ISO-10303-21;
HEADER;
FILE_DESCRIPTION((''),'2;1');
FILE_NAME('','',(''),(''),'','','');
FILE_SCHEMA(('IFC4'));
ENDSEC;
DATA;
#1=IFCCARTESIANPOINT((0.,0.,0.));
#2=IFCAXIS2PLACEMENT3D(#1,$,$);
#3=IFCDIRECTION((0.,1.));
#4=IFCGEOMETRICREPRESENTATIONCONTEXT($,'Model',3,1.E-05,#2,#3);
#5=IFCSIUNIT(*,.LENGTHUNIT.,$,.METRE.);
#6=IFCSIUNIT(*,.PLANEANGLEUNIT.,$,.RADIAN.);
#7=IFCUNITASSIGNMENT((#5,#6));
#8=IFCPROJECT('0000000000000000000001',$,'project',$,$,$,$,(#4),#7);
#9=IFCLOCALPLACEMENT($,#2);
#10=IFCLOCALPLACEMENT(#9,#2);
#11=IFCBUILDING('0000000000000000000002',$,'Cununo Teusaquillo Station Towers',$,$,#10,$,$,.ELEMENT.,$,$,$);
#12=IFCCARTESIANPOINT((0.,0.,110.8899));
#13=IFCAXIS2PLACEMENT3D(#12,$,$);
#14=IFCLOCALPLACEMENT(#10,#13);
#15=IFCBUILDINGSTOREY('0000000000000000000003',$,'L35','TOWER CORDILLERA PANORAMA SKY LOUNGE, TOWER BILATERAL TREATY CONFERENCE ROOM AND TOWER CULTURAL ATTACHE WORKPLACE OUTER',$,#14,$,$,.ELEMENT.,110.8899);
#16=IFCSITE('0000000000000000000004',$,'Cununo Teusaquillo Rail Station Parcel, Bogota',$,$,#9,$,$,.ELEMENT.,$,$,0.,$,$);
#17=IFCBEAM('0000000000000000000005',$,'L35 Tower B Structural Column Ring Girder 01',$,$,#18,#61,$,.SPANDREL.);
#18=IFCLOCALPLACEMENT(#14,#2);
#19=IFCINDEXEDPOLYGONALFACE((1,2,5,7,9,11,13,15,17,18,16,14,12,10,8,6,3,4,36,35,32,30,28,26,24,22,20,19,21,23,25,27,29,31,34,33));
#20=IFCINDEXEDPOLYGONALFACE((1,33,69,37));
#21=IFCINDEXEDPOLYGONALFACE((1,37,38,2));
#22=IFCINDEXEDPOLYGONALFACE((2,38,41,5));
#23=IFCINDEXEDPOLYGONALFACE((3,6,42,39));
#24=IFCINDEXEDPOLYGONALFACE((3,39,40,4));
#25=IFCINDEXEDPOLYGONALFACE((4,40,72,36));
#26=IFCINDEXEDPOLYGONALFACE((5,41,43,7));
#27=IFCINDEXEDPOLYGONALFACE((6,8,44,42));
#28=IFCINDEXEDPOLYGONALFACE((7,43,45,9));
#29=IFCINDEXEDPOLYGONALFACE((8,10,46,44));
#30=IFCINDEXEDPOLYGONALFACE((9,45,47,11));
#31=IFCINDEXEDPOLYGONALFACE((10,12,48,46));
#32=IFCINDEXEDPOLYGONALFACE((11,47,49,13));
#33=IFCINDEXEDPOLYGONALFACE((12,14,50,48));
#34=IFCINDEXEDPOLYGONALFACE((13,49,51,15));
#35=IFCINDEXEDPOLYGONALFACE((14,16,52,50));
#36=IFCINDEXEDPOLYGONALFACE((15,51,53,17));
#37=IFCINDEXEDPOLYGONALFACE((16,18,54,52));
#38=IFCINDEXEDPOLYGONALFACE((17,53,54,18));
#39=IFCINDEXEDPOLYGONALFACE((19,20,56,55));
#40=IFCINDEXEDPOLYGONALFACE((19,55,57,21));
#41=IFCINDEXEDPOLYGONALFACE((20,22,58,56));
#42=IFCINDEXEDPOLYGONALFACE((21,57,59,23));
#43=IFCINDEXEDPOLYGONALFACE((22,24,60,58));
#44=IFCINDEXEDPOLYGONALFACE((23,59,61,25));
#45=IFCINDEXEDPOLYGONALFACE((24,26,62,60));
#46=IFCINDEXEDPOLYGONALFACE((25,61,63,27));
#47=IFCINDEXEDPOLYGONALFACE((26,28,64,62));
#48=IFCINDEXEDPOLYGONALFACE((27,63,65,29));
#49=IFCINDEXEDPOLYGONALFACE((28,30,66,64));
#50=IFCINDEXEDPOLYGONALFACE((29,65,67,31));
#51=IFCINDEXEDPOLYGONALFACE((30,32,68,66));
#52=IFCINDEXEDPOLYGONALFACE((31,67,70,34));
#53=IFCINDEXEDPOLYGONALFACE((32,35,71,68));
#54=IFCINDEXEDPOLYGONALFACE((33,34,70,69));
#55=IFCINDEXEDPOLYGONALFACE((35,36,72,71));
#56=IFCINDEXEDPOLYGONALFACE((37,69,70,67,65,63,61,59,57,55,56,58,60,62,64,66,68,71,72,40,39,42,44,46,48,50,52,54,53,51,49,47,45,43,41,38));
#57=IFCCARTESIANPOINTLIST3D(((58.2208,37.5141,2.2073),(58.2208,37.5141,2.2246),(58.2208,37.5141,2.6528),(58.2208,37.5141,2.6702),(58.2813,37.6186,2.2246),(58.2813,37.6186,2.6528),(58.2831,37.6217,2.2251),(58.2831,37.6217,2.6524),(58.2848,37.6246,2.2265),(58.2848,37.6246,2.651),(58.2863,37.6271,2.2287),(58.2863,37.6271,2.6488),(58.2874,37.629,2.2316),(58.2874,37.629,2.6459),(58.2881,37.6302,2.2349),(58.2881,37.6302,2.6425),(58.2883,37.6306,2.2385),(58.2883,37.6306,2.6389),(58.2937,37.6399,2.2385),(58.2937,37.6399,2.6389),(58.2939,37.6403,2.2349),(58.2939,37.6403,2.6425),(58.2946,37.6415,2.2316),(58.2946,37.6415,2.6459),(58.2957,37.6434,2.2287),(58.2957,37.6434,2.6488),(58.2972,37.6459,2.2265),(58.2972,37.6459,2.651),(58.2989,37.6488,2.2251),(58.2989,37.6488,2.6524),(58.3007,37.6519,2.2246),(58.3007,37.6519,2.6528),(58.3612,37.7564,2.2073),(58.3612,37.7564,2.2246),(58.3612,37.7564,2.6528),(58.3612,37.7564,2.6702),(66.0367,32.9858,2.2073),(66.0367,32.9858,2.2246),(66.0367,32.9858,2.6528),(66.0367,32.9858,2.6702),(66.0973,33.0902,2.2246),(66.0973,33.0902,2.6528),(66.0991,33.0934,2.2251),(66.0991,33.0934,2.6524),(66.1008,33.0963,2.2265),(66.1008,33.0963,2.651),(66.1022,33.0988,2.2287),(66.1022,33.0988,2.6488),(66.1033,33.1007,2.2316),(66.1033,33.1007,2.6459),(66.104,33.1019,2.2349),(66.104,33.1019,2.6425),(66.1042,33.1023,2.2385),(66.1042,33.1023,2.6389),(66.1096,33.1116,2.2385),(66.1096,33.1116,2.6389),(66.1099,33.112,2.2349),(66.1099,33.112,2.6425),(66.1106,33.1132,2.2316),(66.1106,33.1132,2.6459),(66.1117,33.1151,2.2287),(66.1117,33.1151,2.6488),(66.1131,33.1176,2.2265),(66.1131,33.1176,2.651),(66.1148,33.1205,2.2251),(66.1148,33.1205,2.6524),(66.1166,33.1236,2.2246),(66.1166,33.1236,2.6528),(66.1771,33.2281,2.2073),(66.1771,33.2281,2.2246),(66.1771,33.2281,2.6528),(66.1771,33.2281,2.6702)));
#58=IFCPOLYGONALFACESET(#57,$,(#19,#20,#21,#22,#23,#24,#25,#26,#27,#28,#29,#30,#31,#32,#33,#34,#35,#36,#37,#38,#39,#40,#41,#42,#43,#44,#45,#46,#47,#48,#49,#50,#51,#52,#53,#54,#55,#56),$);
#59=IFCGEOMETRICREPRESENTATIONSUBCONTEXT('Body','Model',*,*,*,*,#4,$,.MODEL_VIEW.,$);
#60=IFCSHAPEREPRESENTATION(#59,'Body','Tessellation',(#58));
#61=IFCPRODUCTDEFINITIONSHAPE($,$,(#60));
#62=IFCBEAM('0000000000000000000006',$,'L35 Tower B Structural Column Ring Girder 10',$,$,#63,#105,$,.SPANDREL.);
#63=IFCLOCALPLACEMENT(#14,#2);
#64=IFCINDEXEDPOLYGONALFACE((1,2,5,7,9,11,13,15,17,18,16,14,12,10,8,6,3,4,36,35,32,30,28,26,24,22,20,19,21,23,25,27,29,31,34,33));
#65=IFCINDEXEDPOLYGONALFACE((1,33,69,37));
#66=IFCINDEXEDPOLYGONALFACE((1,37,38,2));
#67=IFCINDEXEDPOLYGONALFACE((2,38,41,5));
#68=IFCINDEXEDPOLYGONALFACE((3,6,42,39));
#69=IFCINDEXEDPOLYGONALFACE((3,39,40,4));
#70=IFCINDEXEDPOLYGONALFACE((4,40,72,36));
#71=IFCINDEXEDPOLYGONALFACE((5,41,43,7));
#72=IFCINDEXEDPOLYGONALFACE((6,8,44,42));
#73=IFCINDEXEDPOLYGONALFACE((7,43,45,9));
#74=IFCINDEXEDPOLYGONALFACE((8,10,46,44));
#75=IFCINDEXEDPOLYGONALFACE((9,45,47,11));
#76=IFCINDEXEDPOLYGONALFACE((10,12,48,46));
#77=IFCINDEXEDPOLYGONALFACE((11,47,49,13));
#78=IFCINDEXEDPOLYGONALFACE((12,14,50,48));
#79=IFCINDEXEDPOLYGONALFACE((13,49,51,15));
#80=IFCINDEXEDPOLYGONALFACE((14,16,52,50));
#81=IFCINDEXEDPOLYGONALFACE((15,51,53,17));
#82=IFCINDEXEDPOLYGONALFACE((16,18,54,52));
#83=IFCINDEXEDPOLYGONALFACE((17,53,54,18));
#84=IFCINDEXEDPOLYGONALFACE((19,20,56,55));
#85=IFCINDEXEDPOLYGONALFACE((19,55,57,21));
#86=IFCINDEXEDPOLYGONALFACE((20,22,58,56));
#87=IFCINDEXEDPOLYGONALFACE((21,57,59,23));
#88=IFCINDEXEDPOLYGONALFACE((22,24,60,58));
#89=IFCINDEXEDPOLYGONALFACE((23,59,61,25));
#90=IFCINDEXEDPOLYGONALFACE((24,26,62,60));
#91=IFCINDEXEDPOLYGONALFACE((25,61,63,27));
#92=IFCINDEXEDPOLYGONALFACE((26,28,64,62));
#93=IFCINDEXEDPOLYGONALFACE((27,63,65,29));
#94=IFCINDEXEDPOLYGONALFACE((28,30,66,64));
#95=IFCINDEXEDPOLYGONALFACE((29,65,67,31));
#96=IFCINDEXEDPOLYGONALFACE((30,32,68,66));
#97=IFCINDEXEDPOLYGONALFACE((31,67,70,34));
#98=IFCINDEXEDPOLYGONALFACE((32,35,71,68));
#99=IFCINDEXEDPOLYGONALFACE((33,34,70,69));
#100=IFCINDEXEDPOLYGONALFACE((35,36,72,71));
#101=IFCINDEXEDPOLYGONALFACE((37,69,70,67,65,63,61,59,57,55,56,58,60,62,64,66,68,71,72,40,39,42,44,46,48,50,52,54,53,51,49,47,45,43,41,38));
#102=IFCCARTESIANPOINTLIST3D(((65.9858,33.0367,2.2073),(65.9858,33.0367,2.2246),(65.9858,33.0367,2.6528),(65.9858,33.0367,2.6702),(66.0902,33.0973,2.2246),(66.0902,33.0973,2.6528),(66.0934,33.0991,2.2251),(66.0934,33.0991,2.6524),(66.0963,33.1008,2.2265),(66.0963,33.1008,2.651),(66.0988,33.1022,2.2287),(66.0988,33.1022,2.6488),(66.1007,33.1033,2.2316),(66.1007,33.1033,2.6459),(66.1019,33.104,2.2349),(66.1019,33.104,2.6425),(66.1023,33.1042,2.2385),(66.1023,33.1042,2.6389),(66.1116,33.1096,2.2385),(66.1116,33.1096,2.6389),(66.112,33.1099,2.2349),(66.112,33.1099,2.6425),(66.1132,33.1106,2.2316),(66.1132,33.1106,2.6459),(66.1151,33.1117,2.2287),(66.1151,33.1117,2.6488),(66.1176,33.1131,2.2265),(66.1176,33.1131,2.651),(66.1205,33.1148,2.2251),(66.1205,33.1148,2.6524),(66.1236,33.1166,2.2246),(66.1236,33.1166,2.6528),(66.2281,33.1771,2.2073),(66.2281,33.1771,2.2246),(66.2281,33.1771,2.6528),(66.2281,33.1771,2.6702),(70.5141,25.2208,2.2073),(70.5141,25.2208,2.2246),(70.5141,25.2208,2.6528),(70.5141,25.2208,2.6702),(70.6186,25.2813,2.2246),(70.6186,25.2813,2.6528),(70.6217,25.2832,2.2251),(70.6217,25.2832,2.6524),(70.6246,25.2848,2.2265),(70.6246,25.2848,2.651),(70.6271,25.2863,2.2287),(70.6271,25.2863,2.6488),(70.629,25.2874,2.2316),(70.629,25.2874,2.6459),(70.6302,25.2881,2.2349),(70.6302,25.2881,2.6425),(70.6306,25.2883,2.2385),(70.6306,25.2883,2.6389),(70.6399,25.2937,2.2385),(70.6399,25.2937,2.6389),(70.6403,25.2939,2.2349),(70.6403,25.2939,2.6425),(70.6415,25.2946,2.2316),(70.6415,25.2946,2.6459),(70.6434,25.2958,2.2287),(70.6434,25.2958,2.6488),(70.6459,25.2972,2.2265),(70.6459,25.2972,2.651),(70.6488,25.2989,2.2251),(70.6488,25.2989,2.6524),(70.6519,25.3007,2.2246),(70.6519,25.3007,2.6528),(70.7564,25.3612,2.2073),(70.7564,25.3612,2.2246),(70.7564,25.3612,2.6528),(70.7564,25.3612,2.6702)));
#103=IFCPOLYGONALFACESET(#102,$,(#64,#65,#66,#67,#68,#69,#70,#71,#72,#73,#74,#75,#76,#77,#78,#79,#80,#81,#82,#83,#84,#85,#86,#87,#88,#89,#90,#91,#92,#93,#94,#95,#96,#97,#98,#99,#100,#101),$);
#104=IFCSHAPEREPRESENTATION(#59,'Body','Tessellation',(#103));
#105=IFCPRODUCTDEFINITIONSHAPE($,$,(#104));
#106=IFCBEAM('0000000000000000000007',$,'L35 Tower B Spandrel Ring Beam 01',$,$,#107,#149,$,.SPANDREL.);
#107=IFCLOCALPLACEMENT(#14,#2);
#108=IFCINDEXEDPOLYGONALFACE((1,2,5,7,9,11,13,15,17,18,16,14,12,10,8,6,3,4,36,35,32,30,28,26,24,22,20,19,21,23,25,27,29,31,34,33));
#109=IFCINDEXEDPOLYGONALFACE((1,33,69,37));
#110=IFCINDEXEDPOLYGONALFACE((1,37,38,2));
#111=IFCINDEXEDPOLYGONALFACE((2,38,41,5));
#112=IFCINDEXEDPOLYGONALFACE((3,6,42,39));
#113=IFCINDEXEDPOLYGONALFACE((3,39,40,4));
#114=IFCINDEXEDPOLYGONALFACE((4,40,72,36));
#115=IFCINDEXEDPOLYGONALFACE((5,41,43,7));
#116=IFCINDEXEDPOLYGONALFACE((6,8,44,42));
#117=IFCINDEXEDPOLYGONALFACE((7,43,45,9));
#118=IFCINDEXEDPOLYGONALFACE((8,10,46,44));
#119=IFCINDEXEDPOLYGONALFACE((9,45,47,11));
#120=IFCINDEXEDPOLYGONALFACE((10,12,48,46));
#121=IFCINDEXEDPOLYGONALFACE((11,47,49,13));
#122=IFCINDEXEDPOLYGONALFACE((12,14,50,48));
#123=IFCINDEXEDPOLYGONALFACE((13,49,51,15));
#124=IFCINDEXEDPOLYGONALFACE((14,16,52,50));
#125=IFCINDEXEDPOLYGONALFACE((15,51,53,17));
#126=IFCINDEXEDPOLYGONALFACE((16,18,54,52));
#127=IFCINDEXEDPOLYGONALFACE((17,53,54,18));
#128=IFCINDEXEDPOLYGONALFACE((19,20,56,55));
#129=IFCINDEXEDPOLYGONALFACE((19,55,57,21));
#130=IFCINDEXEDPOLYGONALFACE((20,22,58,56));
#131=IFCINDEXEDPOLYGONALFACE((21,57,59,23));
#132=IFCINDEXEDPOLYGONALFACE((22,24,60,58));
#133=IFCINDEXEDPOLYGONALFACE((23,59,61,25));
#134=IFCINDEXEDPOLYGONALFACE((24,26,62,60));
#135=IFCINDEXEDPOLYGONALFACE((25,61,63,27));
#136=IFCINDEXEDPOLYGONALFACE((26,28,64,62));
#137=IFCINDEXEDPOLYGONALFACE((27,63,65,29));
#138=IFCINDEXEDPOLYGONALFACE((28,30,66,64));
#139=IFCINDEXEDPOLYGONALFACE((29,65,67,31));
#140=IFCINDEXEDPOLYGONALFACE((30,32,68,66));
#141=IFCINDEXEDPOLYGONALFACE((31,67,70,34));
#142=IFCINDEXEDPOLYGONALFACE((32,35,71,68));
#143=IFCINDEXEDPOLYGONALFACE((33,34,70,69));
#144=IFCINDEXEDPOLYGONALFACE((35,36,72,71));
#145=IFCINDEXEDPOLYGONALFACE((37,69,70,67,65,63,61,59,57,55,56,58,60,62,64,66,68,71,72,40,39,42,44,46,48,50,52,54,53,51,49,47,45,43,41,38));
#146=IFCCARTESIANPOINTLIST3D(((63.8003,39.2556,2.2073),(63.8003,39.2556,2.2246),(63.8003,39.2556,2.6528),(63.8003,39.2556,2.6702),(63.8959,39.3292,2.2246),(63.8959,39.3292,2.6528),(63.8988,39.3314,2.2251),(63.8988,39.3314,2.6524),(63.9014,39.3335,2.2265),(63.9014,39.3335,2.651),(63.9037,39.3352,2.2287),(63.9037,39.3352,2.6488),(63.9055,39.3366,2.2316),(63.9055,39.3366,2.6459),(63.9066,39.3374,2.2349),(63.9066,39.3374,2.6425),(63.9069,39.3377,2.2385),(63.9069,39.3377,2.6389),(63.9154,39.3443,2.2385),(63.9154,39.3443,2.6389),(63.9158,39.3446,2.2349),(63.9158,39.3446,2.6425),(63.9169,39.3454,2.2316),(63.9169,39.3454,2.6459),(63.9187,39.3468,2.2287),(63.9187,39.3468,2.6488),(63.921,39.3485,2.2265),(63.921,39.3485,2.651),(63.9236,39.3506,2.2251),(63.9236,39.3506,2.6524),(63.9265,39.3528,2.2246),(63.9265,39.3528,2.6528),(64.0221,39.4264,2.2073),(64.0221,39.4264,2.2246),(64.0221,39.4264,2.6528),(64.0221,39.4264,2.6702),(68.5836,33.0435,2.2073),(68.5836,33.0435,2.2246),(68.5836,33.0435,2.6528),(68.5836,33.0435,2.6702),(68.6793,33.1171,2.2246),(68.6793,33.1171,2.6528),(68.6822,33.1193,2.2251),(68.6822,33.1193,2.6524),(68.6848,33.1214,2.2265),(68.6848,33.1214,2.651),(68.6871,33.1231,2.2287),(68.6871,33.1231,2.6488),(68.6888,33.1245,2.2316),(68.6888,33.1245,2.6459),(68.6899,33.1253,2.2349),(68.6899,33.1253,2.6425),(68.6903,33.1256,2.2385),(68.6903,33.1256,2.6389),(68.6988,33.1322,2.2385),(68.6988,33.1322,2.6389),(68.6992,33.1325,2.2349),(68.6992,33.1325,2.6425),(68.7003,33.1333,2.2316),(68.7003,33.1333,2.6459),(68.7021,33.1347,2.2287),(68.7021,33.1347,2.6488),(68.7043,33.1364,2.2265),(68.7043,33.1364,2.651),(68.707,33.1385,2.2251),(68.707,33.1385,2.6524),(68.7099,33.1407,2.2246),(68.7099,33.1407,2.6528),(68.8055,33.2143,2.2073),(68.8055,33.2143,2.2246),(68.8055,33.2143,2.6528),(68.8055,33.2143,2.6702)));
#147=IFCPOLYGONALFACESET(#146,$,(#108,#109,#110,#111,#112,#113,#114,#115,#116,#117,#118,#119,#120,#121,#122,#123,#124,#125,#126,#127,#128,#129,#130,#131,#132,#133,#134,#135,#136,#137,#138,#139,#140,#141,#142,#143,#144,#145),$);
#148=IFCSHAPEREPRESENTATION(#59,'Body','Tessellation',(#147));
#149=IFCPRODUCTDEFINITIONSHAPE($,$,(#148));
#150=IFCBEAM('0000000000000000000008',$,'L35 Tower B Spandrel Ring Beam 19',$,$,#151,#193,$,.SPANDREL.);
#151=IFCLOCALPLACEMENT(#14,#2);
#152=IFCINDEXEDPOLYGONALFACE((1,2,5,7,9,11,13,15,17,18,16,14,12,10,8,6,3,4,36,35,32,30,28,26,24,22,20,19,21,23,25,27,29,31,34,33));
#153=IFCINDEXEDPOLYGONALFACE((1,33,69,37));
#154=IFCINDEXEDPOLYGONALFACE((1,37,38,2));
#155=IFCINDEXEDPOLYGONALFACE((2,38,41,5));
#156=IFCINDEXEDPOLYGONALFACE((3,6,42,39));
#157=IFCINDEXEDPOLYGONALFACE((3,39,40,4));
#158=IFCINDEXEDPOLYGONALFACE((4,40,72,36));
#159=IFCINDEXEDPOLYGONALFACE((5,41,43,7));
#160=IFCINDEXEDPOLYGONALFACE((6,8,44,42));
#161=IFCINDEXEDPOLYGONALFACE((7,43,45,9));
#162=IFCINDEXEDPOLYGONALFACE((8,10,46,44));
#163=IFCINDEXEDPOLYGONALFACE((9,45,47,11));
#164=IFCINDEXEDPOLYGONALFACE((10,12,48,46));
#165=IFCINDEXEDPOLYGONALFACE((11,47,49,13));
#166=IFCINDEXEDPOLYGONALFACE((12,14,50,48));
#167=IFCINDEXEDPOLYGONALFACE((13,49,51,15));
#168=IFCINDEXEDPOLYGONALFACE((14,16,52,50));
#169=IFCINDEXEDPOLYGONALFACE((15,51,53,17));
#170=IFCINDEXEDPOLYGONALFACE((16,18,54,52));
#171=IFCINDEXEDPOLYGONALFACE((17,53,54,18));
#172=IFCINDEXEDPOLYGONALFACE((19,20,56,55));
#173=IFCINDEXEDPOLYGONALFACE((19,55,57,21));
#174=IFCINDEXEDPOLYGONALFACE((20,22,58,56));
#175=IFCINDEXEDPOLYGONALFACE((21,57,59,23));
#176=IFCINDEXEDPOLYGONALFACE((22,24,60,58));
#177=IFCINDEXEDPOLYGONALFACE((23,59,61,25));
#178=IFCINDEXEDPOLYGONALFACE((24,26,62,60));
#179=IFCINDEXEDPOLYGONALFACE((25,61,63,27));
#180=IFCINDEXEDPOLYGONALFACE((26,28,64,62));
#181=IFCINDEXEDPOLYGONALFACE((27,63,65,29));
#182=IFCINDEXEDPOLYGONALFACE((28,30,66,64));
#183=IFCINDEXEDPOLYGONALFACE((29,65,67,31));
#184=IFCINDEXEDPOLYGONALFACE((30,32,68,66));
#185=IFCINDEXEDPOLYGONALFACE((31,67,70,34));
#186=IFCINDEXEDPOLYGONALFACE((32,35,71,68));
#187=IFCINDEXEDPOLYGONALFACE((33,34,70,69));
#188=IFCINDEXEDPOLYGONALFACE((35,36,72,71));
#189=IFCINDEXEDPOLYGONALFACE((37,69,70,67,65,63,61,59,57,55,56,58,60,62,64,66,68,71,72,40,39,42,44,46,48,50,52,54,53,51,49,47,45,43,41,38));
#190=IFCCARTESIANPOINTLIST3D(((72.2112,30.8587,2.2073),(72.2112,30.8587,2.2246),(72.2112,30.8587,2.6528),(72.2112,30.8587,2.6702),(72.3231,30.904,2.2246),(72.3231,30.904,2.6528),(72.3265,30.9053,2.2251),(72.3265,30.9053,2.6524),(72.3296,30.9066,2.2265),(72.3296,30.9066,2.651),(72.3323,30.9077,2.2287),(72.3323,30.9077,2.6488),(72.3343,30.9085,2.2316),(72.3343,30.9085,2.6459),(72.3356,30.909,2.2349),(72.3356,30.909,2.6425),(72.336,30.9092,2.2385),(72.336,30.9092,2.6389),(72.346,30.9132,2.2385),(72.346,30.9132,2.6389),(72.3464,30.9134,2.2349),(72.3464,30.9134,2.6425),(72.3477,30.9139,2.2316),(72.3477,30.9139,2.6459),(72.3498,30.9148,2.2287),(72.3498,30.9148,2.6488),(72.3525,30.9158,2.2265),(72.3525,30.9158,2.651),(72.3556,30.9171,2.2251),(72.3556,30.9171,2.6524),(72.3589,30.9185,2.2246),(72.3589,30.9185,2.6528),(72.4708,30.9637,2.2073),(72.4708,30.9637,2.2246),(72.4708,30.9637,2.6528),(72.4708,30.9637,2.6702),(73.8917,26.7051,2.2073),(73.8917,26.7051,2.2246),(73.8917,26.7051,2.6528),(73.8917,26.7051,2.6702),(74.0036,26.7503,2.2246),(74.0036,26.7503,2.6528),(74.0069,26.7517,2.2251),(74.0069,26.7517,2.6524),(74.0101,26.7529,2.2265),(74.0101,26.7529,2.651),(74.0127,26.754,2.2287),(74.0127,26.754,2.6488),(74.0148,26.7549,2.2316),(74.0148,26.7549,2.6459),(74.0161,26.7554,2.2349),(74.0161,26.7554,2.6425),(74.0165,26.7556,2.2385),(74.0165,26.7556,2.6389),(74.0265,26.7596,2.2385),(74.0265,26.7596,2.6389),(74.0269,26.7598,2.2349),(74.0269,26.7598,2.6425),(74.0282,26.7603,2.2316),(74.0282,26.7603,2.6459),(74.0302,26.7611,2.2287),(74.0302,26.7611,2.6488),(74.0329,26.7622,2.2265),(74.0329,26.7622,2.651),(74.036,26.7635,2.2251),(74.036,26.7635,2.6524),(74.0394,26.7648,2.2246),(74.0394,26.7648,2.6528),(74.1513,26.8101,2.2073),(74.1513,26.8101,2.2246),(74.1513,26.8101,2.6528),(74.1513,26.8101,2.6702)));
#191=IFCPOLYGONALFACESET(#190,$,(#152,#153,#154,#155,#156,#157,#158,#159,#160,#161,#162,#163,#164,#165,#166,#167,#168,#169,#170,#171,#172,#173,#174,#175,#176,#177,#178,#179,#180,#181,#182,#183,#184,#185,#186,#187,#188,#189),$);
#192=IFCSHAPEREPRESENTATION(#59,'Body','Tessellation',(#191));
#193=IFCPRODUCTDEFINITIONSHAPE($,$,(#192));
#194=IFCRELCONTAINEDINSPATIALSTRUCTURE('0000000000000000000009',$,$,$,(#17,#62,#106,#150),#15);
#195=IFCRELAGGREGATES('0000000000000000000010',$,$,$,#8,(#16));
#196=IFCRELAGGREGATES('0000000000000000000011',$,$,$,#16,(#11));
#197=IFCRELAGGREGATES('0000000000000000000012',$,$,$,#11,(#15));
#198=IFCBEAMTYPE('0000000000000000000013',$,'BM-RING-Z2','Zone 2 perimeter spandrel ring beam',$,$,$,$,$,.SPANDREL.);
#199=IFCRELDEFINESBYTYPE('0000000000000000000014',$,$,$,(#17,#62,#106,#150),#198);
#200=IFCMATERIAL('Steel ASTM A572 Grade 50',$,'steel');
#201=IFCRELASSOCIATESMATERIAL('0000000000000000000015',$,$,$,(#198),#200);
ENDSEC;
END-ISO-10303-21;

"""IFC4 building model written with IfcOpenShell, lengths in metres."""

from ifc_helpers import new_model, si_unit, direction, frame, origin, origin_2d, place, context, subcontext, project, spatial, i_section, extrude, material, material_profile, profile_set, type_object, element, save


model = new_model("IFC4")

# Units and contexts
model_context = context("Model", 3, precision=1e-05, world=origin(), true_north=direction((0.0, 1.0)))
body_context = subcontext(model_context, "Body", "Model", "MODEL_VIEW")
ifc_project = project(units=[si_unit("LENGTHUNIT", "METRE"), si_unit("PLANEANGLEUNIT", "RADIAN")], contexts=[model_context])

# Site, building, storey
site_placement = place(None, origin())
site = spatial("IfcSite", under=ifc_project, at=site_placement, Name="Cununo Teusaquillo Rail Station Parcel, Bogota", CompositionType="ELEMENT", RefElevation=0.0)
building_placement = place(site_placement, origin())
building = spatial("IfcBuilding", under=site, at=building_placement, Name="Cununo Teusaquillo Station Towers", CompositionType="ELEMENT")
storey_placement = place(building_placement, frame((0.0, 0.0, 110.8899)))
storey = spatial("IfcBuildingStorey", under=building, at=storey_placement, Name="L35", Description="TOWER CORDILLERA PANORAMA SKY LOUNGE, TOWER BILATERAL TREATY CONFERENCE ROOM AND TOWER CULTURAL ATTACHE WORKPLACE OUTER", CompositionType="ELEMENT", Elevation=110.8899)

# Beams
ifc_material_1 = material(Name="Steel ASTM A572 Grade 50", Category="steel")
ifc_material_profile_1 = material_profile(ifc_material_1, i_section(OverallWidth=0.28, OverallDepth=0.4629, WebThickness=0.0107, FlangeThickness=0.0173, FilletRadius=0.0139, at=origin_2d()), Name="W18X76")
ifc_profile_set_1 = profile_set([ifc_material_profile_1], Name="Steel ASTM A572 Grade 50")
beam_type_1 = type_object("IfcBeamType", Name="BM-RING-Z2", Description="Zone 2 perimeter spandrel ring beam", PredefinedType="SPANDREL", material=ifc_profile_set_1)
for number, where, z_axis, x_axis, name in (
    (1, (66.1069, 33.1069, 2.4387), (-0.865267, 0.501311, 0.0), (-0.501311, -0.865267, 0.0), "L35 Tower B Structural Column Ring Girder 01"),
    (2, (70.6353, 25.291, 2.4387), (-0.501311, 0.865267, 0.0), (-0.865267, -0.501311, 0.0), "L35 Tower B Structural Column Ring Girder 10"),
):
    element("IfcBeam", number, at=place(storey_placement, frame(where, z_axis=z_axis, x_axis=x_axis)), inside=storey, type_object=beam_type_1, Name=name, PredefinedType="SPANDREL", context=body_context, shape_type="SweptSolid", body=[
        extrude(i_section(OverallWidth=0.28, OverallDepth=0.4629, WebThickness=0.0107, FlangeThickness=0.0173, FilletRadius=0.0139, at=origin_2d()), origin(), (0.0, 0.0, 1.0), 9.033),
    ])
beam_1_placement = place(storey_placement, frame((68.6946, 33.1289, 2.4387), z_axis=(-0.6101, 0.792324, 0.0), x_axis=(-0.792324, -0.6101, 0.0)))
element("IfcBeam", 3, at=beam_1_placement, inside=storey, type_object=beam_type_1, Name="L35 Tower B Spandrel Ring Beam 01", PredefinedType="SPANDREL", context=body_context, shape_type="SweptSolid", body=[
    extrude(i_section(OverallWidth=0.28, OverallDepth=0.4629, WebThickness=0.0107, FlangeThickness=0.0173, FilletRadius=0.0139, at=origin_2d()), origin(), (0.0, 0.0, 1.0), 7.8403),
])
beam_2_placement = place(storey_placement, frame((74.0215, 26.7576, 2.4387), z_axis=(-0.375042, 0.927008, 0.0), x_axis=(-0.927008, -0.375042, 0.0)))
element("IfcBeam", 4, at=beam_2_placement, inside=storey, type_object=beam_type_1, Name="L35 Tower B Spandrel Ring Beam 19", PredefinedType="SPANDREL", context=body_context, shape_type="SweptSolid", body=[
    extrude(i_section(OverallWidth=0.28, OverallDepth=0.4629, WebThickness=0.0107, FlangeThickness=0.0173, FilletRadius=0.0139, at=origin_2d()), origin(), (0.0, 0.0, 1.0), 4.4807),
])

save(model, "model.ifc")
